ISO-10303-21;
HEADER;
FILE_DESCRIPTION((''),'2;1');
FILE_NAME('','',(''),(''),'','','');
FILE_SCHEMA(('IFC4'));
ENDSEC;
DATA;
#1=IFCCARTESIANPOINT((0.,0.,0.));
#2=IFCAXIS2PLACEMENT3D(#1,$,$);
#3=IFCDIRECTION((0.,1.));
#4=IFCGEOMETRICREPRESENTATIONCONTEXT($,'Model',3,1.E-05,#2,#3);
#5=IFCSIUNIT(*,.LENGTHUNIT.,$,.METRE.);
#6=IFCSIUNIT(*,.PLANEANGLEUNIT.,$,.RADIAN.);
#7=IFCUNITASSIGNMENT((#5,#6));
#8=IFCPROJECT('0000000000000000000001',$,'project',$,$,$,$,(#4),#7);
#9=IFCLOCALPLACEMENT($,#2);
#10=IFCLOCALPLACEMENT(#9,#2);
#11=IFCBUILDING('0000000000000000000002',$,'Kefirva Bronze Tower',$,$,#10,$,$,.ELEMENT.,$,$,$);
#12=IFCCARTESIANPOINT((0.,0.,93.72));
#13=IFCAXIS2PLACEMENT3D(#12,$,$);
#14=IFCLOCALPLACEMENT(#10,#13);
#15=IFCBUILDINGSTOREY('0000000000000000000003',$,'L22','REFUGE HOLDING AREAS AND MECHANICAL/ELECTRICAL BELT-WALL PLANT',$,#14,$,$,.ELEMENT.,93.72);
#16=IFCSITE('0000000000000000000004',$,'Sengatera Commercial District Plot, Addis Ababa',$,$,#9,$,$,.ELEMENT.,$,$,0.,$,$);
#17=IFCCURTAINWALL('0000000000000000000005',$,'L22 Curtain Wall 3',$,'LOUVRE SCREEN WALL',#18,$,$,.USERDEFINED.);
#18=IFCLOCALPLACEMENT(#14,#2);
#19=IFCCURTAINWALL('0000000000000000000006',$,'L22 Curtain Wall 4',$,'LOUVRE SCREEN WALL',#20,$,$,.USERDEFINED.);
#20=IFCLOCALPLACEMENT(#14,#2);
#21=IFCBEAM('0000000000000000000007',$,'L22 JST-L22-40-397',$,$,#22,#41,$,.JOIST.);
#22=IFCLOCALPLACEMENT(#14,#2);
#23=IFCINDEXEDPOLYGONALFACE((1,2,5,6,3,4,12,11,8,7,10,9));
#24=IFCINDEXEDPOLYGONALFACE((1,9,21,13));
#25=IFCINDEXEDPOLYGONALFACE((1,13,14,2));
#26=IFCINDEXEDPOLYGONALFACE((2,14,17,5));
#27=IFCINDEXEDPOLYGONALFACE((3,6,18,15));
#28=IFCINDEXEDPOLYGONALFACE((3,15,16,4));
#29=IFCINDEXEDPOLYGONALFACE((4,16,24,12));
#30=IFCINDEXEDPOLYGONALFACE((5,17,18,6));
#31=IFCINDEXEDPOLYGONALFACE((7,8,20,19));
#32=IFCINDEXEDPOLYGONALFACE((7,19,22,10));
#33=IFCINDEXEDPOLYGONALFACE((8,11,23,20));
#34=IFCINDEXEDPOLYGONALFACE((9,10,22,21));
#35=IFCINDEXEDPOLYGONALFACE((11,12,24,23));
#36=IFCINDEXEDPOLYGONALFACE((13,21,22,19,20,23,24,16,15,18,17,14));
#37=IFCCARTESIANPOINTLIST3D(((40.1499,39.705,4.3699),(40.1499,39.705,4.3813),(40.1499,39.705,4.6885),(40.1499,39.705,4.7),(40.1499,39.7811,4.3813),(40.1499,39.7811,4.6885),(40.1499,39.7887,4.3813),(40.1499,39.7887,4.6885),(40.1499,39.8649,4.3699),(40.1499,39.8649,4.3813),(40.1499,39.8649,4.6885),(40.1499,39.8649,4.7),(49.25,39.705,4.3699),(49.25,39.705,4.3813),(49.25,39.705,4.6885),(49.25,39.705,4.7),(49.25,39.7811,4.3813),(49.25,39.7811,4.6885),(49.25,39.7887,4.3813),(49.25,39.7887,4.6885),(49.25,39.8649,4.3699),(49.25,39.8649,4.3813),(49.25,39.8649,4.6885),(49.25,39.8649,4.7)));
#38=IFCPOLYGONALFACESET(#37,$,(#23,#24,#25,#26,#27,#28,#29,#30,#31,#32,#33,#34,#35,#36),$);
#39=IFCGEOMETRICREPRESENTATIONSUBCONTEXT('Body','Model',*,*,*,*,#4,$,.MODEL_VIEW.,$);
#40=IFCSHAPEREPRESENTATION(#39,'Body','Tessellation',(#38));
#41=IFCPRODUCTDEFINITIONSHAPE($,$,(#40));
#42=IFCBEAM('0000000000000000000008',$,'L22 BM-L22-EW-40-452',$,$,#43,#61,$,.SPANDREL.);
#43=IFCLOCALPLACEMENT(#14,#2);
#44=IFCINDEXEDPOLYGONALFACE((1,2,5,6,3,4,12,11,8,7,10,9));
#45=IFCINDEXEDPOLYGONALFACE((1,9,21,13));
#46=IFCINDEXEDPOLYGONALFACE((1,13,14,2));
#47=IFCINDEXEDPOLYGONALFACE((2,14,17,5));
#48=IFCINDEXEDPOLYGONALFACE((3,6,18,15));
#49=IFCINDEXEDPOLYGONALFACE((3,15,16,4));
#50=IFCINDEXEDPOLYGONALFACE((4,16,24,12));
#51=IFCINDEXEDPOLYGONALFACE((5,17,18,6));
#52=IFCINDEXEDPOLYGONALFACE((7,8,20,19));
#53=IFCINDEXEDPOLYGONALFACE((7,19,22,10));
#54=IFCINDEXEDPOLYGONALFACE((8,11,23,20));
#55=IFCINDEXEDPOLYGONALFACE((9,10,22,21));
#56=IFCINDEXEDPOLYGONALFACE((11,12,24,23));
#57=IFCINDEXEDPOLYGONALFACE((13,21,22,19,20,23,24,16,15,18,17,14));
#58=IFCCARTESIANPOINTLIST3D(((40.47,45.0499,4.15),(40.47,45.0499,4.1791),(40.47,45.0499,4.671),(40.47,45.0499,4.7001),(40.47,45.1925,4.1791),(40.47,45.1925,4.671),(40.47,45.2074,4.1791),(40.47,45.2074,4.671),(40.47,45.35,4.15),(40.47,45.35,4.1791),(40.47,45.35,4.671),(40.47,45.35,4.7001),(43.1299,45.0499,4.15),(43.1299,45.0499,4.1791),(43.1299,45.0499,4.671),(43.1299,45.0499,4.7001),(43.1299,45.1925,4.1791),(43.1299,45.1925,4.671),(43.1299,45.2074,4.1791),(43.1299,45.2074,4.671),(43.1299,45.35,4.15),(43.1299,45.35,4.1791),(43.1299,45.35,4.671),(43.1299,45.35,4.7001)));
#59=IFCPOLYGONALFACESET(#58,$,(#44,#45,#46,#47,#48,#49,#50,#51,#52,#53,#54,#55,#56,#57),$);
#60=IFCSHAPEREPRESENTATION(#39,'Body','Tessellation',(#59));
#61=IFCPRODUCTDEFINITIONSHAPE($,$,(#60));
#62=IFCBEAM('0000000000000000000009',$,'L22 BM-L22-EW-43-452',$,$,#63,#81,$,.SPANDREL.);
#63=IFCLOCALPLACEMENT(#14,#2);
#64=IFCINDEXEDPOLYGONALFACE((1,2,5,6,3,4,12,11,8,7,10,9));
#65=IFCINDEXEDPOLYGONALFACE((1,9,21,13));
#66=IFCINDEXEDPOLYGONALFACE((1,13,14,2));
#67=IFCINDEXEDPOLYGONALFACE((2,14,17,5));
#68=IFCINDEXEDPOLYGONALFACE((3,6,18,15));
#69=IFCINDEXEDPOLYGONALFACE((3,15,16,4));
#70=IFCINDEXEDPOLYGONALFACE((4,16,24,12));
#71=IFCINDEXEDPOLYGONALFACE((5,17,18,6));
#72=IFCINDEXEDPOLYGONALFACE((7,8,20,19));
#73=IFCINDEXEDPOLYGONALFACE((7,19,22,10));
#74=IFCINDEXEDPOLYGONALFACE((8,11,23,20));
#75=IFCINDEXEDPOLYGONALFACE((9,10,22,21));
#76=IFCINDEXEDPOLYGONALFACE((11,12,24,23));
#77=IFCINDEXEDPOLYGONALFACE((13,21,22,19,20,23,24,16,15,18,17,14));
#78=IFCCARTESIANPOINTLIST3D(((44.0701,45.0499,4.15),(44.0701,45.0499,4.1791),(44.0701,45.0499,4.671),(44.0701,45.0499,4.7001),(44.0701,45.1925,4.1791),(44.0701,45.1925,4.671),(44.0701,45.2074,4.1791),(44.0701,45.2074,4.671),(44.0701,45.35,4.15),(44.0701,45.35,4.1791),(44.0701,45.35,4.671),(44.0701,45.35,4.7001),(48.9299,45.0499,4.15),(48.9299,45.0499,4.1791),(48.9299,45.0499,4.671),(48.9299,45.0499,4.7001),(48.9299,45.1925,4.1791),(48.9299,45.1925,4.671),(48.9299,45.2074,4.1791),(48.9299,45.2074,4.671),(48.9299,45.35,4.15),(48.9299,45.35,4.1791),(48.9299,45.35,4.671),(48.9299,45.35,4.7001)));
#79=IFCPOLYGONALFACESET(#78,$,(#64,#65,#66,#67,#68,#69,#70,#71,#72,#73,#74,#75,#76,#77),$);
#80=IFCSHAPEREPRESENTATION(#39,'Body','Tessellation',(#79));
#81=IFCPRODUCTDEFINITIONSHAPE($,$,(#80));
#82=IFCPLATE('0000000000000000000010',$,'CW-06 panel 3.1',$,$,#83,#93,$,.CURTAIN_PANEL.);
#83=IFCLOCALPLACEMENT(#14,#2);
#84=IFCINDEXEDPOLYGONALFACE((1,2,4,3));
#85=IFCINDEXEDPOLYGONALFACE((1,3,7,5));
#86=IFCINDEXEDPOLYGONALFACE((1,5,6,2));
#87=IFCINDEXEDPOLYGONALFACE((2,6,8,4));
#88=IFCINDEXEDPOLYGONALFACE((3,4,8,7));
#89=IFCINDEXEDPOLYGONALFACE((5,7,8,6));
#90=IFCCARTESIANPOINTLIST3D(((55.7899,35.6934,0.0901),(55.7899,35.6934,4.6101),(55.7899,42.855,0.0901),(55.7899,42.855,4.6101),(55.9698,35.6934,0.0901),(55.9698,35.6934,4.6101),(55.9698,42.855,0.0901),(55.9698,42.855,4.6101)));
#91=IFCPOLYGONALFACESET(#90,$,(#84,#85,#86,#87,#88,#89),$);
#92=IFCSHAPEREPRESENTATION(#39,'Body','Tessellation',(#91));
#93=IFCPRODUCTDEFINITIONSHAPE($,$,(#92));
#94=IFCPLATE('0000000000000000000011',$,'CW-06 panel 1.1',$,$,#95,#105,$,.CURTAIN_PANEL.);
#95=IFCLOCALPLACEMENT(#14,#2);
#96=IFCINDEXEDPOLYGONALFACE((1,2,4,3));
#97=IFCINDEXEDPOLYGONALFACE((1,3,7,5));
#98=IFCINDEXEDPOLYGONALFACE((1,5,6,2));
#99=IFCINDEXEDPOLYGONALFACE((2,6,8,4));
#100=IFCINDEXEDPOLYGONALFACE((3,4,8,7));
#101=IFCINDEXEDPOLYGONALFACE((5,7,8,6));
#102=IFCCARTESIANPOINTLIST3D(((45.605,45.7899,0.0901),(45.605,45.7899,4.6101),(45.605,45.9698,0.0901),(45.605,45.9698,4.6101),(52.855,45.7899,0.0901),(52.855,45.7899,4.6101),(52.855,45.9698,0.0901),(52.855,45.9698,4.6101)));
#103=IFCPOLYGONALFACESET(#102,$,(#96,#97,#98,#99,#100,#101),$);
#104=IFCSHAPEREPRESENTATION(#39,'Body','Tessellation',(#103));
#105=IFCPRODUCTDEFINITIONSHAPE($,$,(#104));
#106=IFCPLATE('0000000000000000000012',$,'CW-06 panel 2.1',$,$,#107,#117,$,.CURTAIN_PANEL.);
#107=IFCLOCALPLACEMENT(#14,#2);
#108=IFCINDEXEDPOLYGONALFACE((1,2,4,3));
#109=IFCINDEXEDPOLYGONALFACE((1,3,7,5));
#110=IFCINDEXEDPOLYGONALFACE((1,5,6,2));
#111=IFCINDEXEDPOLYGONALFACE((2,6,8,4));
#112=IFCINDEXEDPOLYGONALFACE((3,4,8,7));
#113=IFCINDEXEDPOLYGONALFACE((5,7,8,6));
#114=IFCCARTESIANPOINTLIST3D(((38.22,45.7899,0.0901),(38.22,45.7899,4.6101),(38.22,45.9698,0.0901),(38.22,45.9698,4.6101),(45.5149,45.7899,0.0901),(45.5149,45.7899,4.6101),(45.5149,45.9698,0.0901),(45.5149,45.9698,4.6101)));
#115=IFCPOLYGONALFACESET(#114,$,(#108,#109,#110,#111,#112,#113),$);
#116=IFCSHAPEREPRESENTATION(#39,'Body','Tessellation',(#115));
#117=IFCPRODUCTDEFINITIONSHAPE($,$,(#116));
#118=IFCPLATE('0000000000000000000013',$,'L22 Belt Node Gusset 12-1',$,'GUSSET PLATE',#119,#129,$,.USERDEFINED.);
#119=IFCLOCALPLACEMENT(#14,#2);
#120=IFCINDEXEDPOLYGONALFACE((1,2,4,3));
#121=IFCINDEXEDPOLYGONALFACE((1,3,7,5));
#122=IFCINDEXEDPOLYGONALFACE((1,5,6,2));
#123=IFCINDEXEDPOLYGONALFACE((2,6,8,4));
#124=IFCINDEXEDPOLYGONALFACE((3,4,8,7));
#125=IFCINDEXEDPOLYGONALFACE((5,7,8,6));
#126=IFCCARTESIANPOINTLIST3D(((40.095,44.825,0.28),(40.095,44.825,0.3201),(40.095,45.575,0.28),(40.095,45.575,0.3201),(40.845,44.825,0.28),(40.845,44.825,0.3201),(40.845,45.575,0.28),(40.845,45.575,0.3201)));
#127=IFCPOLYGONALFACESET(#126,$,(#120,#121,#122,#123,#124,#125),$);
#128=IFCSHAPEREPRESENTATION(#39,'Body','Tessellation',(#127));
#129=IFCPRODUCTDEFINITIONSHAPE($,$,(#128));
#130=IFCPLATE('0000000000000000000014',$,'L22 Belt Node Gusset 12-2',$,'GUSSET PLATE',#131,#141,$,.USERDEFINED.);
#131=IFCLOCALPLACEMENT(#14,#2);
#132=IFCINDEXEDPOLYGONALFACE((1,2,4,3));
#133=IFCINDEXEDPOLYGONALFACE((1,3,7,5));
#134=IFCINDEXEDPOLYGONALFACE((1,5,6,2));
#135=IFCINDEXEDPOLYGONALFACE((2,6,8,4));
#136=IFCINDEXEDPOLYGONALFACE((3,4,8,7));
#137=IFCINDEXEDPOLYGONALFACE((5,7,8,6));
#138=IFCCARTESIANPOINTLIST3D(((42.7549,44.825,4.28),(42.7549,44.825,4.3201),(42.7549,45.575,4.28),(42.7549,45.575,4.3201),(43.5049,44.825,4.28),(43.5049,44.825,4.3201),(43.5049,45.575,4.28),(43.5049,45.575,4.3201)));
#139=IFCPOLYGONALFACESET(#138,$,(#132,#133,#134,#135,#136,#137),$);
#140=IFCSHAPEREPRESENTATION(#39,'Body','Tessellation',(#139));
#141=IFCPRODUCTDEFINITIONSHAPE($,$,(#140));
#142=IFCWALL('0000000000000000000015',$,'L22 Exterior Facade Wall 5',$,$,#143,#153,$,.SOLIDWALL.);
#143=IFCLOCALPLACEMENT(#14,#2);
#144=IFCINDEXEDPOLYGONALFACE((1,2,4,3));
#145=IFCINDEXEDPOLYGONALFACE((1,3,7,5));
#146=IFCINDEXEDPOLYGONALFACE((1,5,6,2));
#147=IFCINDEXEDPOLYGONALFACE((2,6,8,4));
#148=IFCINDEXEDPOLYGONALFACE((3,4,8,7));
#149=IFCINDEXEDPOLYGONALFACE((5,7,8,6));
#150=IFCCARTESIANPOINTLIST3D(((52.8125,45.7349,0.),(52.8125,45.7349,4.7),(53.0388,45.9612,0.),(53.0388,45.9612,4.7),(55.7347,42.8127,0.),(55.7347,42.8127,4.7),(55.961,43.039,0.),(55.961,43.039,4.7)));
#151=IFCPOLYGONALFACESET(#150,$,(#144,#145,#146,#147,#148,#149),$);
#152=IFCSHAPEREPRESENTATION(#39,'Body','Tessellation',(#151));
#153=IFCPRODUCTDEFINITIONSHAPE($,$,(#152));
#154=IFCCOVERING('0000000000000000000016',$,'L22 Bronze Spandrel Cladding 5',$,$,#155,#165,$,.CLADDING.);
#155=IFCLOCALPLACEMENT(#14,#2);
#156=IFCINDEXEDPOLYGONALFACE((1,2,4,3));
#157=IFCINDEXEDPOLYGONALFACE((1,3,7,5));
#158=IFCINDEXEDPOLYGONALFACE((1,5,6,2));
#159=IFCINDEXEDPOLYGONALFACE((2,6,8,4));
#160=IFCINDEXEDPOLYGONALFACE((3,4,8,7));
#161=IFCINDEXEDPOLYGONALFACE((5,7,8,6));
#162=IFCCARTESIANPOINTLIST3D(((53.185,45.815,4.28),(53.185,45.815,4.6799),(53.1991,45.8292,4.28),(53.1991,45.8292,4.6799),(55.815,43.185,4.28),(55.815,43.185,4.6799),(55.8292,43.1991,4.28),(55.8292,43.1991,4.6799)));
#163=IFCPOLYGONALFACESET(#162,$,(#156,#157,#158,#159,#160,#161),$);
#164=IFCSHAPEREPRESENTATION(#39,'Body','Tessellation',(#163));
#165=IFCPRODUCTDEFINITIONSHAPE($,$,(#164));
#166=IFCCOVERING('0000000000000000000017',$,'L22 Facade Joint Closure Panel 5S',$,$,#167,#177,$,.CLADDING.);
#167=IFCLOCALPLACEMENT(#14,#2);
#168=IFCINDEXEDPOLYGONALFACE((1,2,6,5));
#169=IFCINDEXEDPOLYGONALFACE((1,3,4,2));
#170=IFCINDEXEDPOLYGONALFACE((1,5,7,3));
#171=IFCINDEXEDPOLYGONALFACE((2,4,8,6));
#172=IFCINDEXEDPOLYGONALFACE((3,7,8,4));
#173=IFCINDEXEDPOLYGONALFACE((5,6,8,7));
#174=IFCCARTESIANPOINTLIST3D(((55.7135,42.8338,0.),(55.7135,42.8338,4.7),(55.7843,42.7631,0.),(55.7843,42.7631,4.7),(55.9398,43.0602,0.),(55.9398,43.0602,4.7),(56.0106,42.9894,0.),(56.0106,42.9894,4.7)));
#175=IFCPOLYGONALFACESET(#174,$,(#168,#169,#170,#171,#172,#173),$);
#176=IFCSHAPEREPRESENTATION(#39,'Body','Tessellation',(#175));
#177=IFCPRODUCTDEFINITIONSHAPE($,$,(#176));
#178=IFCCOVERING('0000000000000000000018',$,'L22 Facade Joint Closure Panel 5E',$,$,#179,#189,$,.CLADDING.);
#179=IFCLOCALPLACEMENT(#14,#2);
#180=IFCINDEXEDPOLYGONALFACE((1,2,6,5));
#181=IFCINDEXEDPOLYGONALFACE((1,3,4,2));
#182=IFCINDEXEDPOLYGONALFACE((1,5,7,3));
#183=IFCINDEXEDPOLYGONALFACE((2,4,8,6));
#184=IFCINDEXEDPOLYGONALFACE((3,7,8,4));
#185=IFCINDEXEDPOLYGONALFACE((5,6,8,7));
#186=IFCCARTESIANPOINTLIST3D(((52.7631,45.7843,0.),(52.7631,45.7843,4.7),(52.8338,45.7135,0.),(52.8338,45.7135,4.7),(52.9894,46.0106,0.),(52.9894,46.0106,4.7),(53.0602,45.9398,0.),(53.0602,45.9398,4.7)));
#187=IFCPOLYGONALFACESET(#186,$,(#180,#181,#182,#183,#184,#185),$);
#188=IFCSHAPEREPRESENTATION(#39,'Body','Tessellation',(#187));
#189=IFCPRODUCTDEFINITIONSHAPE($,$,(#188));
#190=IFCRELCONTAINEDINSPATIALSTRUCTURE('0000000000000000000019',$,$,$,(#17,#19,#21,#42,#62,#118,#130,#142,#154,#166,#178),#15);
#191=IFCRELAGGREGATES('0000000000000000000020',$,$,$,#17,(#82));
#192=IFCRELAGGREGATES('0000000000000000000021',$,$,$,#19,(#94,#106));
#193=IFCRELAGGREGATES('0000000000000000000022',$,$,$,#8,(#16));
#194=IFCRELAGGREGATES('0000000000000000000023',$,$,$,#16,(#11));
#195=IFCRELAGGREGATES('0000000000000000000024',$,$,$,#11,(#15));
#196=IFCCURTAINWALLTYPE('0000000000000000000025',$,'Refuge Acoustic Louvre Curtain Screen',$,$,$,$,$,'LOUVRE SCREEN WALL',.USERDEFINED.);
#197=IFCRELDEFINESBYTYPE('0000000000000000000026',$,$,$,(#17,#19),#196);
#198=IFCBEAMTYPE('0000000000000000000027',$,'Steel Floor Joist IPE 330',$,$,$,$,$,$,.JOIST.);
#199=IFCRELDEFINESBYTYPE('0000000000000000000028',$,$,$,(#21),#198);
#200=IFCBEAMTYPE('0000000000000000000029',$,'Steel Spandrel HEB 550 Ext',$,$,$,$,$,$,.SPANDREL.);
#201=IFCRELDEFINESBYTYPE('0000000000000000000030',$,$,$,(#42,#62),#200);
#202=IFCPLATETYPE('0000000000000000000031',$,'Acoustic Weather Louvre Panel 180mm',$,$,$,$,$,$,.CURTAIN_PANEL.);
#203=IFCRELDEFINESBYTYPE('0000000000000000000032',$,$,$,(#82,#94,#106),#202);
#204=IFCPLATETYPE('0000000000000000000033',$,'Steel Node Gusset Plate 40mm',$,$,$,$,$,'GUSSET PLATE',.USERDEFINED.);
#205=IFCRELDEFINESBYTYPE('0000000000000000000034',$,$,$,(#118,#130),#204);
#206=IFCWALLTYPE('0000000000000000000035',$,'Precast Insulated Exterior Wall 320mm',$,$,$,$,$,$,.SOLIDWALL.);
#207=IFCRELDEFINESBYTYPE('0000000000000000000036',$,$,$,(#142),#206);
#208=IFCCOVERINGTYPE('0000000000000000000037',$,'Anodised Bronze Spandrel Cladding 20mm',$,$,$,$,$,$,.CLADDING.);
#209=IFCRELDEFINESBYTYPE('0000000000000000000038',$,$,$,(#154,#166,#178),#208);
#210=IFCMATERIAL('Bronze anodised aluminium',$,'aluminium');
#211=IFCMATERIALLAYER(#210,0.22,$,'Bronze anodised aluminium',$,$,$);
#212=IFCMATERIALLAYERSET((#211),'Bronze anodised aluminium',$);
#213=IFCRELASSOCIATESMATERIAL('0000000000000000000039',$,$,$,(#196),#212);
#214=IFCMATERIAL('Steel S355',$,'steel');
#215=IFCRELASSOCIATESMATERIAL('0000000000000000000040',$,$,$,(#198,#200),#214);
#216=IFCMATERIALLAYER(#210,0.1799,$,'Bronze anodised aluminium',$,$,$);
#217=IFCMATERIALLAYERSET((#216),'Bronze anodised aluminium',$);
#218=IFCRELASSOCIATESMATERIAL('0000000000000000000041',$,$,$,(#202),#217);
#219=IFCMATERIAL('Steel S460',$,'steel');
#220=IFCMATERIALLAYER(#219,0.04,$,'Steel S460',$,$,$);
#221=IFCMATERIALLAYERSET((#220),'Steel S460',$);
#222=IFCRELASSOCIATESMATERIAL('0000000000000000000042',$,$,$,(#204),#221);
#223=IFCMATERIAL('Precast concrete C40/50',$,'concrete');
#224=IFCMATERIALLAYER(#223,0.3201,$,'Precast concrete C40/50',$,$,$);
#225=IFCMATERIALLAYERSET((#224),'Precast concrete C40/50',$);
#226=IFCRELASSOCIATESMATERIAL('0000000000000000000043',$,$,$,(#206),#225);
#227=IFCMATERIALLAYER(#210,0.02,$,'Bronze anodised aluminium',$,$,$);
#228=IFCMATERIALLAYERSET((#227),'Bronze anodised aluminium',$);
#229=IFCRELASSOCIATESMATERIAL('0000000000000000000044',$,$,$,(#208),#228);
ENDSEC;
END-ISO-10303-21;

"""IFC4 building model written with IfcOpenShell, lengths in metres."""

from ifc_helpers import new_model, si_unit, direction, frame, frame_2d, origin, origin_2d, place, context, subcontext, project, spatial, rectangle, i_section, extrude, material, layer, layer_set, material_profile, profile_set, type_object, element, aggregate, save


model = new_model("IFC4")

# Units and contexts
model_context = context("Model", 3, precision=1e-05, world=origin(), true_north=direction((0.0, 1.0)))
body_context = subcontext(model_context, "Body", "Model", "MODEL_VIEW")
ifc_project = project(units=[si_unit("LENGTHUNIT", "METRE"), si_unit("PLANEANGLEUNIT", "RADIAN")], contexts=[model_context])

# Site, building, storey
site_placement = place(None, origin())
site = spatial("IfcSite", under=ifc_project, at=site_placement, Name="Sengatera Commercial District Plot, Addis Ababa", CompositionType="ELEMENT", RefElevation=0.0)
building_placement = place(site_placement, origin())
building = spatial("IfcBuilding", under=site, at=building_placement, Name="Kefirva Bronze Tower", CompositionType="ELEMENT")
storey_placement = place(building_placement, frame((0.0, 0.0, 93.72)))
storey = spatial("IfcBuildingStorey", under=building, at=storey_placement, Name="L22", Description="REFUGE HOLDING AREAS AND MECHANICAL/ELECTRICAL BELT-WALL PLANT", CompositionType="ELEMENT", Elevation=93.72)

# Curtain wall
ifc_material_1 = material(Name="Bronze anodised aluminium", Category="aluminium")
ifc_layer_1 = layer(ifc_material_1, 0.22, Name="Bronze anodised aluminium")
ifc_layer_set_1 = layer_set([ifc_layer_1], Name="Bronze anodised aluminium")
curtain_wall_type = type_object("IfcCurtainWallType", Name="Refuge Acoustic Louvre Curtain Screen", ElementType="LOUVRE SCREEN WALL", PredefinedType="USERDEFINED", material=ifc_layer_set_1)
curtain_wall_1_placement = place(storey_placement, origin())
curtain_wall_1 = element("IfcCurtainWall", 1, at=curtain_wall_1_placement, inside=storey, type_object=curtain_wall_type, Name="L22 Curtain Wall 3", ObjectType="LOUVRE SCREEN WALL", PredefinedType="USERDEFINED")

# Curtain wall
curtain_wall_2_placement = place(storey_placement, origin())
curtain_wall_2 = element("IfcCurtainWall", 2, at=curtain_wall_2_placement, inside=storey, type_object=curtain_wall_type, Name="L22 Curtain Wall 4", ObjectType="LOUVRE SCREEN WALL", PredefinedType="USERDEFINED")

# Shared definitions
ifc_material_2 = material(Name="Steel S460", Category="steel")

# Beams
ifc_material_3 = material(Name="Steel S355", Category="steel")
ifc_material_profile_1 = material_profile(ifc_material_3, i_section(OverallWidth=0.1599, OverallDepth=0.3301, WebThickness=0.0076, FlangeThickness=0.0115, at=origin_2d()), Name="IPE 330")
ifc_profile_set_1 = profile_set([ifc_material_profile_1], Name="Steel S355")
beam_type_1 = type_object("IfcBeamType", Name="Steel Floor Joist IPE 330", PredefinedType="JOIST", material=ifc_profile_set_1)
beam_1_placement = place(storey_placement, frame((40.1499, 39.7849, 4.5349), z_axis=(1.0, 0.0, 0.0), x_axis=(0.0, 1.0, 0.0)))
element("IfcBeam", 3, at=beam_1_placement, inside=storey, type_object=beam_type_1, Name="L22 JST-L22-40-397", PredefinedType="JOIST", context=body_context, shape_type="SweptSolid", body=[
    extrude(i_section(OverallWidth=0.1599, OverallDepth=0.3301, WebThickness=0.0076, FlangeThickness=0.0115, at=origin_2d()), origin(), (0.0, 0.0, 1.0), 9.1001),
])
ifc_material_profile_2 = material_profile(ifc_material_3, i_section(OverallWidth=0.3, OverallDepth=0.55, WebThickness=0.0149, FlangeThickness=0.0291, at=origin_2d()), Name="HEB 550")
ifc_profile_set_2 = profile_set([ifc_material_profile_2], Name="Steel S355")
beam_type_2 = type_object("IfcBeamType", Name="Steel Spandrel HEB 550 Ext", PredefinedType="SPANDREL", material=ifc_profile_set_2)
beam_2_placement = place(storey_placement, frame((40.47, 45.2, 4.425), z_axis=(1.0, 0.0, 0.0), x_axis=(0.0, 1.0, 0.0)))
element("IfcBeam", 4, at=beam_2_placement, inside=storey, type_object=beam_type_2, Name="L22 BM-L22-EW-40-452", PredefinedType="SPANDREL", context=body_context, shape_type="SweptSolid", body=[
    extrude(i_section(OverallWidth=0.3, OverallDepth=0.55, WebThickness=0.0149, FlangeThickness=0.0291, at=origin_2d()), origin(), (0.0, 0.0, 1.0), 2.6599),
])
beam_3_placement = place(storey_placement, frame((44.0701, 45.2, 4.425), z_axis=(1.0, 0.0, 0.0), x_axis=(0.0, 1.0, 0.0)))
element("IfcBeam", 5, at=beam_3_placement, inside=storey, type_object=beam_type_2, Name="L22 BM-L22-EW-43-452", PredefinedType="SPANDREL", context=body_context, shape_type="SweptSolid", body=[
    extrude(i_section(OverallWidth=0.3, OverallDepth=0.55, WebThickness=0.0149, FlangeThickness=0.0291, at=origin_2d()), origin(), (0.0, 0.0, 1.0), 4.8599),
])

# Plates
ifc_layer_2 = layer(ifc_material_1, 0.1799, Name="Bronze anodised aluminium")
ifc_layer_set_2 = layer_set([ifc_layer_2], Name="Bronze anodised aluminium")
plate_type_1 = type_object("IfcPlateType", Name="Acoustic Weather Louvre Panel 180mm", PredefinedType="CURTAIN_PANEL", material=ifc_layer_set_2)
plate_1_placement = place(storey_placement, frame((55.8799, 39.2742, 0.0901), z_axis=(0.0, 0.0, 1.0), x_axis=(0.0, 1.0, 0.0)))
plate_1 = element("IfcPlate", 6, at=plate_1_placement, type_object=plate_type_1, Name="CW-06 panel 3.1", PredefinedType="CURTAIN_PANEL", context=body_context, shape_type="SweptSolid", body=[
    extrude(rectangle(XDim=7.1616, YDim=0.1799, at=origin_2d()), origin(), (0.0, 0.0, 1.0), 4.52),
])
aggregate(curtain_wall_1, [plate_1])
plate_2_placement = place(storey_placement, frame((49.23, 45.8799, 0.0901), z_axis=(0.0, 0.0, 1.0), x_axis=(-1.0, 0.0, 0.0)))
plate_2 = element("IfcPlate", 7, at=plate_2_placement, type_object=plate_type_1, Name="CW-06 panel 1.1", PredefinedType="CURTAIN_PANEL", context=body_context, shape_type="SweptSolid", body=[
    extrude(rectangle(XDim=7.25, YDim=0.1799, at=origin_2d()), origin(), (0.0, 0.0, 1.0), 4.52),
])
plate_3_placement = place(storey_placement, frame((41.8674, 45.8799, 0.0901), z_axis=(0.0, 0.0, 1.0), x_axis=(-1.0, 0.0, 0.0)))
plate_3 = element("IfcPlate", 8, at=plate_3_placement, type_object=plate_type_1, Name="CW-06 panel 2.1", PredefinedType="CURTAIN_PANEL", context=body_context, shape_type="SweptSolid", body=[
    extrude(rectangle(XDim=7.2949, YDim=0.1799, at=origin_2d()), origin(), (0.0, 0.0, 1.0), 4.52),
])
aggregate(curtain_wall_2, [plate_2, plate_3])

# Plates
ifc_layer_3 = layer(ifc_material_2, 0.04, Name="Steel S460")
ifc_layer_set_3 = layer_set([ifc_layer_3], Name="Steel S460")
plate_type_2 = type_object("IfcPlateType", Name="Steel Node Gusset Plate 40mm", ElementType="GUSSET PLATE", PredefinedType="USERDEFINED", material=ifc_layer_set_3)
for number, where, z_axis, x_axis, name in (
    (9, (40.47, 45.2, 0.28), (0.0, 0.0, 1.0), (1.0, 0.0, 0.0), "L22 Belt Node Gusset 12-1"),
    (10, (43.1299, 45.2, 4.28), (0.0, 0.0, 1.0), (1.0, 0.0, 0.0), "L22 Belt Node Gusset 12-2"),
):
    element("IfcPlate", number, at=place(storey_placement, frame(where, z_axis=z_axis, x_axis=x_axis)), inside=storey, type_object=plate_type_2, Name=name, ObjectType="GUSSET PLATE", PredefinedType="USERDEFINED", context=body_context, shape_type="SweptSolid", body=[
        extrude(rectangle(XDim=0.75, YDim=0.75, at=origin_2d()), origin(), (0.0, 0.0, 1.0), 0.04),
    ])

# Wall
ifc_material_4 = material(Name="Precast concrete C40/50", Category="concrete")
ifc_layer_4 = layer(ifc_material_4, 0.3201, Name="Precast concrete C40/50")
ifc_layer_set_4 = layer_set([ifc_layer_4], Name="Precast concrete C40/50")
wall_type = type_object("IfcWallType", Name="Precast Insulated Exterior Wall 320mm", PredefinedType="SOLIDWALL", material=ifc_layer_set_4)
wall_placement = place(storey_placement, frame((55.8479, 42.9258, 0.0), z_axis=(0.0, 0.0, 1.0), x_axis=(-0.707107, 0.707107, 0.0)))
element("IfcWall", 11, at=wall_placement, inside=storey, type_object=wall_type, Name="L22 Exterior Facade Wall 5", PredefinedType="SOLIDWALL", context=body_context, shape_type="SweptSolid", body=[
    extrude(rectangle(XDim=4.1326, YDim=0.3201, at=frame_2d((2.0664, 0.0))), origin(), (0.0, 0.0, 1.0), 4.7),
])

# Coverings
ifc_layer_5 = layer(ifc_material_1, 0.02, Name="Bronze anodised aluminium")
ifc_layer_set_5 = layer_set([ifc_layer_5], Name="Bronze anodised aluminium")
covering_type_1 = type_object("IfcCoveringType", Name="Anodised Bronze Spandrel Cladding 20mm", PredefinedType="CLADDING", material=ifc_layer_set_5)
covering_1_placement = place(storey_placement, frame((54.5071, 44.5071, 4.28), z_axis=(0.0, 0.0, 1.0), x_axis=(-0.707107, 0.707107, 0.0)))
element("IfcCovering", 12, at=covering_1_placement, inside=storey, type_object=covering_type_1, Name="L22 Bronze Spandrel Cladding 5", PredefinedType="CLADDING", context=body_context, shape_type="SweptSolid", body=[
    extrude(rectangle(XDim=3.7195, YDim=0.02, at=origin_2d()), origin(), (0.0, 0.0, 1.0), 0.3999),
])
for number, where, z_axis, x_axis, name in (
    (13, (55.8621, 42.9116, 0.0), (0.0, 0.0, 1.0), (-0.707107, 0.707107, 0.0), "L22 Facade Joint Closure Panel 5S"),
    (14, (52.9116, 45.8621, 0.0), (0.0, 0.0, 1.0), (-0.707107, 0.707107, 0.0), "L22 Facade Joint Closure Panel 5E"),
):
    element("IfcCovering", number, at=place(storey_placement, frame(where, z_axis=z_axis, x_axis=x_axis)), inside=storey, type_object=covering_type_1, Name=name, PredefinedType="CLADDING", context=body_context, shape_type="SweptSolid", body=[
        extrude(rectangle(XDim=0.1001, YDim=0.3201, at=origin_2d()), origin(), (0.0, 0.0, 1.0), 4.7),
    ])

save(model, "model.ifc")
